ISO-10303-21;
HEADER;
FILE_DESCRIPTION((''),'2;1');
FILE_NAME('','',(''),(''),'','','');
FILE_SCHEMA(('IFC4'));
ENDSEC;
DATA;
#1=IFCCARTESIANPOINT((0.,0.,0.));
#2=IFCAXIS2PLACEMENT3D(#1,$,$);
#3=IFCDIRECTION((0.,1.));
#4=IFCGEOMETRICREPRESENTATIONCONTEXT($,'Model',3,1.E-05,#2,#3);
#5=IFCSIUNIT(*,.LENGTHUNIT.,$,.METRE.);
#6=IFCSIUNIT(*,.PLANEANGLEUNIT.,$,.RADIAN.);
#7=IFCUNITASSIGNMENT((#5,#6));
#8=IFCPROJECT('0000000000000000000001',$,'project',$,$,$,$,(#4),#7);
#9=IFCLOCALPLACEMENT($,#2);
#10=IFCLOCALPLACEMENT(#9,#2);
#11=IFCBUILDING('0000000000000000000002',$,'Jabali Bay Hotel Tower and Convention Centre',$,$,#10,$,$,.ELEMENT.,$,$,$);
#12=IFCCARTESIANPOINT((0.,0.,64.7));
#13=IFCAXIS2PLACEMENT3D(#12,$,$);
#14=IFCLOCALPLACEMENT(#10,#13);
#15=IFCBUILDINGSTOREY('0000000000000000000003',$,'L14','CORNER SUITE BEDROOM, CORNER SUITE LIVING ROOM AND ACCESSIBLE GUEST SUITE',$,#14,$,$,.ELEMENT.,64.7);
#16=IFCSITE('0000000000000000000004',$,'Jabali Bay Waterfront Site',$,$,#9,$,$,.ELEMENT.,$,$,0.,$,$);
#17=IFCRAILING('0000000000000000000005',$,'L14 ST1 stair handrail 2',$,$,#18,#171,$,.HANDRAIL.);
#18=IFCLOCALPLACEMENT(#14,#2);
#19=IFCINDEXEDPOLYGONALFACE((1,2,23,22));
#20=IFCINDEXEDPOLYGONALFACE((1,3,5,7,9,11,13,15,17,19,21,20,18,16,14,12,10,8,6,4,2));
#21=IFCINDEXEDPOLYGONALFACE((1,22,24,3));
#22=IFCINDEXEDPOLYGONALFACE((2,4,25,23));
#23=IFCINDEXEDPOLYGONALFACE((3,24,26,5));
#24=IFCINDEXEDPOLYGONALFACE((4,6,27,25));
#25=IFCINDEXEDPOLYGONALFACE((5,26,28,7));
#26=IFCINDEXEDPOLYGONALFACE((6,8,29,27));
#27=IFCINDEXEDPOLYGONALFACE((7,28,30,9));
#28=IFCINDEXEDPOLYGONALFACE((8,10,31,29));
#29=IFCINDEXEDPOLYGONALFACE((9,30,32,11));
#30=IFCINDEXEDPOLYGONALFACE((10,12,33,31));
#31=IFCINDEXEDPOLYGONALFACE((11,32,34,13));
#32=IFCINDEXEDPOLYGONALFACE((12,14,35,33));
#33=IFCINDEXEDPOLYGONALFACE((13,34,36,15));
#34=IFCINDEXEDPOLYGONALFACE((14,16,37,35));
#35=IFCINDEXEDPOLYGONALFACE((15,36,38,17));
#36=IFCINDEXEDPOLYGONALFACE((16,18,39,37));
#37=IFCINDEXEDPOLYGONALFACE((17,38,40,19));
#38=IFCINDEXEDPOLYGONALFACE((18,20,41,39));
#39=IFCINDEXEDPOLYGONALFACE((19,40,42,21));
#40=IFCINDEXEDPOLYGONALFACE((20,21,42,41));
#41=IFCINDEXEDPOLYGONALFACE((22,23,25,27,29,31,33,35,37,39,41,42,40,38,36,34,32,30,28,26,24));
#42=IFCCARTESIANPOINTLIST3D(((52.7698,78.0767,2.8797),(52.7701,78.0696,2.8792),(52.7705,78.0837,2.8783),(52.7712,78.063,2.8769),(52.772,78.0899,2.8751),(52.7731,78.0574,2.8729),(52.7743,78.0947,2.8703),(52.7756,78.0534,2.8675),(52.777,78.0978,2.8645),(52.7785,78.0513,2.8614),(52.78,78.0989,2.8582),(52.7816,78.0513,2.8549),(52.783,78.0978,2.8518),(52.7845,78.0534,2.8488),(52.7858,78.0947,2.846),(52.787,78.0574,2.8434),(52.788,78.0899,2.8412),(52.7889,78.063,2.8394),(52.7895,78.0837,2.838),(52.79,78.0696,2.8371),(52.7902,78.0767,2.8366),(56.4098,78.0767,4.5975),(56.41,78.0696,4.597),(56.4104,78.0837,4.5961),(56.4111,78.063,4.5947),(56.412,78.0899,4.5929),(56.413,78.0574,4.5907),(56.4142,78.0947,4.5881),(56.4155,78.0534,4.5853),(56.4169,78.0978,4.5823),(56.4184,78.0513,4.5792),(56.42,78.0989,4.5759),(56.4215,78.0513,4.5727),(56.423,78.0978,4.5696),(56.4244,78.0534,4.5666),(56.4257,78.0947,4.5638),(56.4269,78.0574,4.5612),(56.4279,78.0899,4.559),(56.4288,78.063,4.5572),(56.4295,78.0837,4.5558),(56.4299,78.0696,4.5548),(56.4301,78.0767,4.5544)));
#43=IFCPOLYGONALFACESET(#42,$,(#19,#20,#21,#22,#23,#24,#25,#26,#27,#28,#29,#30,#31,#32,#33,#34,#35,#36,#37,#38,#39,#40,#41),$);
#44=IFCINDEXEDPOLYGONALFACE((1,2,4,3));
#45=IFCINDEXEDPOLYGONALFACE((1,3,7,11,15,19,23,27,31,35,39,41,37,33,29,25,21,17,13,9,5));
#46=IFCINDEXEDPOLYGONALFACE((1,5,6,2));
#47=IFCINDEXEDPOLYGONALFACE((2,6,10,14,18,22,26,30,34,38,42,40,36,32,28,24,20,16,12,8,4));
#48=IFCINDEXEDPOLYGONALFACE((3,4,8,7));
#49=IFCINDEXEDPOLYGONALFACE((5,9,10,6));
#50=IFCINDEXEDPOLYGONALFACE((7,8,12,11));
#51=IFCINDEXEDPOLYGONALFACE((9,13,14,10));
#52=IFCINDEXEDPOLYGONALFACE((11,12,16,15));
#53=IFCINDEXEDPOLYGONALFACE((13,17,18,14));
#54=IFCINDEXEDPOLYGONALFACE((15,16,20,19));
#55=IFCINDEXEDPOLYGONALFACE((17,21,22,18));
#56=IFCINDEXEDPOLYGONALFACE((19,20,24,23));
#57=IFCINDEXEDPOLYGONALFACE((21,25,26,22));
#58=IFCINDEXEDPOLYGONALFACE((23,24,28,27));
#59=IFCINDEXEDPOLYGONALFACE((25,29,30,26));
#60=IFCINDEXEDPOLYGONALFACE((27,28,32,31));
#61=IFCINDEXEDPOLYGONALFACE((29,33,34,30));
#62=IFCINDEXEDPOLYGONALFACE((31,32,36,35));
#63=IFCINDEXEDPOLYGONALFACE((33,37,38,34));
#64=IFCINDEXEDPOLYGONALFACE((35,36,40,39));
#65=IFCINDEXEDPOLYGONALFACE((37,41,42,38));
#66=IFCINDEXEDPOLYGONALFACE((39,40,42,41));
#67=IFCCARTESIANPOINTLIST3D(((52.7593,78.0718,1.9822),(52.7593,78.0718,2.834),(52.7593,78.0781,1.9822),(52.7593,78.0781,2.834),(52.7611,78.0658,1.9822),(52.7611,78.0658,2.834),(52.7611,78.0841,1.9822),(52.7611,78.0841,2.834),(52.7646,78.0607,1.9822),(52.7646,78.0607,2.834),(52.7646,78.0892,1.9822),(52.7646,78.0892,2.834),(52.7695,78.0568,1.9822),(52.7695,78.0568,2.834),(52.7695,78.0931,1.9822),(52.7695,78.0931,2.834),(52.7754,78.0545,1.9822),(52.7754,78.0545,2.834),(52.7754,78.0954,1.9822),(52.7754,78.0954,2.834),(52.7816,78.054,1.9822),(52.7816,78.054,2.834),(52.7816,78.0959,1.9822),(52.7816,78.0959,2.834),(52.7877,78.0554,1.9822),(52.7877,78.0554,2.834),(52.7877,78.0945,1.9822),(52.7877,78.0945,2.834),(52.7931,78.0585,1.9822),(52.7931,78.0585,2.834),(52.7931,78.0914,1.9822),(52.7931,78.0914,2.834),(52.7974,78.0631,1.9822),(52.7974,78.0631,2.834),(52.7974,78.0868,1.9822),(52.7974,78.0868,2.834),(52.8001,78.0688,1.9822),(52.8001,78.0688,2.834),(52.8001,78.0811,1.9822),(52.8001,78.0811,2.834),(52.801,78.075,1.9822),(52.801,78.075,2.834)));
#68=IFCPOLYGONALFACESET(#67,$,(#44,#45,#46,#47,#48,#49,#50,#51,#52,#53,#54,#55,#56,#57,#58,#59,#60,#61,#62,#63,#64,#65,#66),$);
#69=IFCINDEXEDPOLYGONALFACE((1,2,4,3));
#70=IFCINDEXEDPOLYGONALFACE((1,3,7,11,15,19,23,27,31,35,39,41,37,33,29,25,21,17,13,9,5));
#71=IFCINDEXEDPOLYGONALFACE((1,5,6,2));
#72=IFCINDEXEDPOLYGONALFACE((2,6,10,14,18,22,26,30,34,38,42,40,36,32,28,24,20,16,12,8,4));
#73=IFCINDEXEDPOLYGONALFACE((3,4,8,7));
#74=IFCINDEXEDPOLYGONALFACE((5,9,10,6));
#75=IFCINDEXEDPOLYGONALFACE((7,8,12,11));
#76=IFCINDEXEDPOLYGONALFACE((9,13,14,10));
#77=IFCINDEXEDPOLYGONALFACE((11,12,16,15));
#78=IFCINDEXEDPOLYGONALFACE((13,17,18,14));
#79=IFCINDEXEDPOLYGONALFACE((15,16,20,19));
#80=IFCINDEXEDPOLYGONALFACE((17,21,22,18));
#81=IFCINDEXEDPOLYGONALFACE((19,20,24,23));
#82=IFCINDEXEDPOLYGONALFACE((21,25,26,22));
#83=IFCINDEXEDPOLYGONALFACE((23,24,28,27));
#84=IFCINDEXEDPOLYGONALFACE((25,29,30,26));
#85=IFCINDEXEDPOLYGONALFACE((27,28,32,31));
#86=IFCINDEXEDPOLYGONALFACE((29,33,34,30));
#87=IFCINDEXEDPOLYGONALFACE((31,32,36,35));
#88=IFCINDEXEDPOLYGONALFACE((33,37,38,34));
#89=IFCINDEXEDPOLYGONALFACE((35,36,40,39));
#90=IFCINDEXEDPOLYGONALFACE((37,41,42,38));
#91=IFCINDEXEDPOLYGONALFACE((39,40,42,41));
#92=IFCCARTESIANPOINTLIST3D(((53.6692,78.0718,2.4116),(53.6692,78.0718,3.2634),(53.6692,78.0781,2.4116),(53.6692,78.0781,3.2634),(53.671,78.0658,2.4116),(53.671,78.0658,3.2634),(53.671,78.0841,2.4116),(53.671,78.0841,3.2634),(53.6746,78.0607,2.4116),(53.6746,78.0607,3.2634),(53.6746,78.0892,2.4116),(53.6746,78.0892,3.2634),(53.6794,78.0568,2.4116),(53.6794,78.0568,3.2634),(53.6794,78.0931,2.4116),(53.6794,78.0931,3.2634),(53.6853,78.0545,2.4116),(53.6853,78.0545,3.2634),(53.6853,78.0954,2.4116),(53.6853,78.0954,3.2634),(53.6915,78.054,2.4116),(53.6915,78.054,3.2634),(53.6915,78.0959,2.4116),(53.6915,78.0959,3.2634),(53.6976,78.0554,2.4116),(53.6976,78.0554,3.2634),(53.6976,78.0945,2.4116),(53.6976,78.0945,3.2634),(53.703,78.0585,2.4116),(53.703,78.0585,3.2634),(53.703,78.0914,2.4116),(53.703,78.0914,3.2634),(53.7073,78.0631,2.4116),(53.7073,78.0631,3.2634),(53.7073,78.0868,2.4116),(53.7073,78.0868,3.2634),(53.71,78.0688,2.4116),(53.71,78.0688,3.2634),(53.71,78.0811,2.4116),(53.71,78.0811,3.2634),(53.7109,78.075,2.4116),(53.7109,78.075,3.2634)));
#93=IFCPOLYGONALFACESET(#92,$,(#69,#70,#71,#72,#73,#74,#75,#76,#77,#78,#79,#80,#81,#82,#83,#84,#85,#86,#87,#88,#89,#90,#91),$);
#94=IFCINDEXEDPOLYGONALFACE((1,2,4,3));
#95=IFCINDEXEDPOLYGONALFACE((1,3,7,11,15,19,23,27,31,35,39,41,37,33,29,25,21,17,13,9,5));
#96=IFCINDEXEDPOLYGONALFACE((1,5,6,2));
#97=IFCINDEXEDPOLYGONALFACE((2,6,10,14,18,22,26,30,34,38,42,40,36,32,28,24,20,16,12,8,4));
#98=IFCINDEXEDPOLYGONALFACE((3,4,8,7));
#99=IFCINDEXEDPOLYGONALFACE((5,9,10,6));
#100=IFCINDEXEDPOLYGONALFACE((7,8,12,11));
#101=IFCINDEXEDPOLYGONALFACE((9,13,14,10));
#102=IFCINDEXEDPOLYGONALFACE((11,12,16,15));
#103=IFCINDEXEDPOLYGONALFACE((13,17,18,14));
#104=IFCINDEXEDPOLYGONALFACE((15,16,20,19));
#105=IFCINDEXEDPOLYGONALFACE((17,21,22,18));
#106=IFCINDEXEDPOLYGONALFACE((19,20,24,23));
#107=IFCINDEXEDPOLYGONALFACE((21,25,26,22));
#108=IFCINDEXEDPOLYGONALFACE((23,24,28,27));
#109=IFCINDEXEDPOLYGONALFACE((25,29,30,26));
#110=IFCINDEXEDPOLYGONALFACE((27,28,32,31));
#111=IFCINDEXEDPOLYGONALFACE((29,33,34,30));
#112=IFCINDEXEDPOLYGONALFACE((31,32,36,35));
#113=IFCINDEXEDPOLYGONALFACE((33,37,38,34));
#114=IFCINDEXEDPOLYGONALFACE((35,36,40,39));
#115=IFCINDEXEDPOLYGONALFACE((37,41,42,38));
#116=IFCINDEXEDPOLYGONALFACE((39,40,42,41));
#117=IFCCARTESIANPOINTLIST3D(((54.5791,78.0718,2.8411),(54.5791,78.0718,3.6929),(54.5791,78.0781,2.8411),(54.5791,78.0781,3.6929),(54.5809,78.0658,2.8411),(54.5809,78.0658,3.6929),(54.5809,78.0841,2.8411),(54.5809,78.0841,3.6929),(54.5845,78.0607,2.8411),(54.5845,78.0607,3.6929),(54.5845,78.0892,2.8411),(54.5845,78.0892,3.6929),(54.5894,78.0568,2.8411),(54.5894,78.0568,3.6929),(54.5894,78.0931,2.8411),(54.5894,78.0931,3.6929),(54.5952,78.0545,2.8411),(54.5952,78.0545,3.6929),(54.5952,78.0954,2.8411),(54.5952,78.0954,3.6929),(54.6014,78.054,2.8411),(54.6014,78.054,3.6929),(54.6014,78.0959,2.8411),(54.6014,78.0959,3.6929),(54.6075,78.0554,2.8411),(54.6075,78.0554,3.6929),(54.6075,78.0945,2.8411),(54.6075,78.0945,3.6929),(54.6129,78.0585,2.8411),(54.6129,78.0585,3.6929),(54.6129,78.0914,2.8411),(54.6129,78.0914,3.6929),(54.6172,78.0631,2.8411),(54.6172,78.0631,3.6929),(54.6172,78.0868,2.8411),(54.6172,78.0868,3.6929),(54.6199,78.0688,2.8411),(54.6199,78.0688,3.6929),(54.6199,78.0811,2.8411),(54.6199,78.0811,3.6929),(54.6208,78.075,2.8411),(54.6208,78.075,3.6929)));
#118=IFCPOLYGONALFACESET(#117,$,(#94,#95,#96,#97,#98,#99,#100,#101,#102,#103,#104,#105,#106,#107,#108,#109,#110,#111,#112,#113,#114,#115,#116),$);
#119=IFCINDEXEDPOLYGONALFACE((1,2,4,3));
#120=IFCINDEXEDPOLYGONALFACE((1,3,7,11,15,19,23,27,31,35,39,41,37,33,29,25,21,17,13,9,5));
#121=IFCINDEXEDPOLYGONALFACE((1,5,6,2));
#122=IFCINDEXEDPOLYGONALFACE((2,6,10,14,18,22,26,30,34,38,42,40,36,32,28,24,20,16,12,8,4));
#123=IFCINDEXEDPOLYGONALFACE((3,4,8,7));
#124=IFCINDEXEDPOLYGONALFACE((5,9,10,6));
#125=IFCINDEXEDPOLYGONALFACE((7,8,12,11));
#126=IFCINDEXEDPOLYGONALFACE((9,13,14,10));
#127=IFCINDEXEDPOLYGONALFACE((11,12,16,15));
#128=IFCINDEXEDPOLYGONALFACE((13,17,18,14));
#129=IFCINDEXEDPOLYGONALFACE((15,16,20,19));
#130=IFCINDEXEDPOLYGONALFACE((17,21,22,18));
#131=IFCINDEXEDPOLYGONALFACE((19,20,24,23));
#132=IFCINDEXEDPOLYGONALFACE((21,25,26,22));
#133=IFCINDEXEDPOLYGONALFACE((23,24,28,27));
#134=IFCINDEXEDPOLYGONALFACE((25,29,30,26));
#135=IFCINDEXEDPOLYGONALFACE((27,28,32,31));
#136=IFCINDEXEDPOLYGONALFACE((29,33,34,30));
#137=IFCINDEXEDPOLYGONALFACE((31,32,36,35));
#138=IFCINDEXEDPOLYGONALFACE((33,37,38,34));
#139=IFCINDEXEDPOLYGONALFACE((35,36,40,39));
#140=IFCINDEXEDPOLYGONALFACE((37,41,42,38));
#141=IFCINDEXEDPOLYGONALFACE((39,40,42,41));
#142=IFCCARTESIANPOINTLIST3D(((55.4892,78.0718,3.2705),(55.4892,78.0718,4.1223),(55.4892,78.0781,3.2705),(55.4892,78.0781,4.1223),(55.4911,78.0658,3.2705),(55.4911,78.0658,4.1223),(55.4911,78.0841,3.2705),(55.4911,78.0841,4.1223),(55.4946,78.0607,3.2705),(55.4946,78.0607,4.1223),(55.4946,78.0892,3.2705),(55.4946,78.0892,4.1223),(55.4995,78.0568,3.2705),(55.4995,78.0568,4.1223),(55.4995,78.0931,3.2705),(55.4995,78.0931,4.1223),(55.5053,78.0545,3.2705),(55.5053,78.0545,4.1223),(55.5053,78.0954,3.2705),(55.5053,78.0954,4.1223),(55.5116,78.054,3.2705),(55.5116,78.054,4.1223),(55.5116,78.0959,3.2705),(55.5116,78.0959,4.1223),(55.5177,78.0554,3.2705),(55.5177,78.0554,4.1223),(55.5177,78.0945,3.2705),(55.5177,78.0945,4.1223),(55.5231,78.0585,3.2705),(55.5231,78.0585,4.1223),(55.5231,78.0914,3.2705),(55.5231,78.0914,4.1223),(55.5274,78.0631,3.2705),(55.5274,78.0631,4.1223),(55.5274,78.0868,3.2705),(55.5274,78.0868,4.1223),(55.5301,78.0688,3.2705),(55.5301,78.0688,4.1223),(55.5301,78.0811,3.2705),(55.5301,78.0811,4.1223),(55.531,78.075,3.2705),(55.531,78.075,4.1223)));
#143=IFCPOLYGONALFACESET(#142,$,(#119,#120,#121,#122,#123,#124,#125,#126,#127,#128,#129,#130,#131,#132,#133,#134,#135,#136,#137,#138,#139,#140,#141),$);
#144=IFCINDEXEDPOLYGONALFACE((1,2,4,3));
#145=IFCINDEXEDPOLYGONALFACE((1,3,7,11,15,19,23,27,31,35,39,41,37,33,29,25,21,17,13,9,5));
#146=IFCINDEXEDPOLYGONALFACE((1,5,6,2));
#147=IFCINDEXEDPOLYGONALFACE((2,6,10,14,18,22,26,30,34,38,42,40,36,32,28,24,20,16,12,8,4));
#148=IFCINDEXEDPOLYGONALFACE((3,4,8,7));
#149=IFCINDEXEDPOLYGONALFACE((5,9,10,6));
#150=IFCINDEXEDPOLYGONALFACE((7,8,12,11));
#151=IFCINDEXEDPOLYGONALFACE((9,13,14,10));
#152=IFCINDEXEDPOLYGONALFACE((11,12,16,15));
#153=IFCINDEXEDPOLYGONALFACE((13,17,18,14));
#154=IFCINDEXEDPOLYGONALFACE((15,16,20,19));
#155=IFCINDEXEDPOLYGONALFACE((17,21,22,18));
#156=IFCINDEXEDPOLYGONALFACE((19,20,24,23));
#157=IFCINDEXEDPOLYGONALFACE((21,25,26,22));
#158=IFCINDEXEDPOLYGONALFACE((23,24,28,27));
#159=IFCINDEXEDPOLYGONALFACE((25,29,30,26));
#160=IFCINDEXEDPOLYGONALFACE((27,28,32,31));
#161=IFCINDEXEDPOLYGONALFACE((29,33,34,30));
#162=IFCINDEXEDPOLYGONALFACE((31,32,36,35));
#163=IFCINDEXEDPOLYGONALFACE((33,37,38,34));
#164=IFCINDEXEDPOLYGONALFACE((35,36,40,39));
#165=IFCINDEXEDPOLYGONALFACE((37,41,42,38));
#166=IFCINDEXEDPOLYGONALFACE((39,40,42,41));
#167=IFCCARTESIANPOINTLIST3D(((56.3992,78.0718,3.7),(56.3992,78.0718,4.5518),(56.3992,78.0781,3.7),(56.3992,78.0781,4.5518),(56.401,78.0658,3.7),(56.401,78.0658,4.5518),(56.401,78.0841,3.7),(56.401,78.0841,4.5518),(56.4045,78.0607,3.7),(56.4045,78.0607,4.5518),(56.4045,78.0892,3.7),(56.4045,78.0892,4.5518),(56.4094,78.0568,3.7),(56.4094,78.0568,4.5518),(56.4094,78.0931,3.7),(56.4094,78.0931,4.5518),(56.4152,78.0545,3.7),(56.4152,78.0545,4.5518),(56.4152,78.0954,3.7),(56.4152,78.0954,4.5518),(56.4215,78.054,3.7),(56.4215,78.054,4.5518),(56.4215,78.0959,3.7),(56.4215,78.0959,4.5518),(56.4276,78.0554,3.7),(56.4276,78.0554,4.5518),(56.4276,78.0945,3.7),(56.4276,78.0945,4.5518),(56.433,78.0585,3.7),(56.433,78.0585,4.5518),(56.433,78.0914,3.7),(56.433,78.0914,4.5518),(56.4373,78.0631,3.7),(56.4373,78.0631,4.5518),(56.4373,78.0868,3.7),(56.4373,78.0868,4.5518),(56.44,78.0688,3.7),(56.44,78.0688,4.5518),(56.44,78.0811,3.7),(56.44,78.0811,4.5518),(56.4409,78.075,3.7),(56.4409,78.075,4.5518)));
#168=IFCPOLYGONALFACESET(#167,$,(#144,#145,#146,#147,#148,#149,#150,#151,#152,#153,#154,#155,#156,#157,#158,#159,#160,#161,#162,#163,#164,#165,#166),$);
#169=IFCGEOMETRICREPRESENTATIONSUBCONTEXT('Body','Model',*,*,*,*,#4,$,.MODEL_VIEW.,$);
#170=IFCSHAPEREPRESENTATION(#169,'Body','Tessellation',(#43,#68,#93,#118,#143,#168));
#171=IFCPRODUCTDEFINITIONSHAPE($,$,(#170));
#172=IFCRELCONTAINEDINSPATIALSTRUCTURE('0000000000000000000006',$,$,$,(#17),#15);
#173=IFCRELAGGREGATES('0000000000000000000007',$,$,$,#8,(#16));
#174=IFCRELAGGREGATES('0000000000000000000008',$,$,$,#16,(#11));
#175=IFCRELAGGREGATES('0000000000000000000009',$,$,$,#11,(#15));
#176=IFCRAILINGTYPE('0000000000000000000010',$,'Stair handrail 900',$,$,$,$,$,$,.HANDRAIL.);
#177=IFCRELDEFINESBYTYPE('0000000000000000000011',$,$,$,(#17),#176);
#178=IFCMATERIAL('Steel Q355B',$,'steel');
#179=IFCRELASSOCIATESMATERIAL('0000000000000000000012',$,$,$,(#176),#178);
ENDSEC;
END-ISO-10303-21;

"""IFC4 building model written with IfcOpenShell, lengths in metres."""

from ifc_helpers import new_model, si_unit, direction, frame, origin, origin_2d, place, context, subcontext, project, spatial, circle, extrude, material, type_object, element, save


model = new_model("IFC4")

# Units and contexts
model_context = context("Model", 3, precision=1e-05, world=origin(), true_north=direction((0.0, 1.0)))
body_context = subcontext(model_context, "Body", "Model", "MODEL_VIEW")
ifc_project = project(units=[si_unit("LENGTHUNIT", "METRE"), si_unit("PLANEANGLEUNIT", "RADIAN")], contexts=[model_context])

# Site, building, storey
site_placement = place(None, origin())
site = spatial("IfcSite", under=ifc_project, at=site_placement, Name="Jabali Bay Waterfront Site", CompositionType="ELEMENT", RefElevation=0.0)
building_placement = place(site_placement, origin())
building = spatial("IfcBuilding", under=site, at=building_placement, Name="Jabali Bay Hotel Tower and Convention Centre", CompositionType="ELEMENT")
storey_placement = place(building_placement, frame((0.0, 0.0, 64.7)))
storey = spatial("IfcBuildingStorey", under=building, at=storey_placement, Name="L14", Description="CORNER SUITE BEDROOM, CORNER SUITE LIVING ROOM AND ACCESSIBLE GUEST SUITE", CompositionType="ELEMENT", Elevation=64.7)

# Railing
ifc_material_1 = material(Name="Steel Q355B", Category="steel")
railing_type = type_object("IfcRailingType", Name="Stair handrail 900", PredefinedType="HANDRAIL", material=ifc_material_1)
railing_placement = place(storey_placement, frame((52.78, 78.075, 1.9822)))
element("IfcRailing", 1, at=railing_placement, inside=storey, type_object=railing_type, Name="L14 ST1 stair handrail 2", PredefinedType="HANDRAIL", context=body_context, shape_type="SweptSolid", body=[
    extrude(circle(Radius=0.0239, at=origin_2d()), frame((0.0, 0.0, 0.876), z_axis=(0.904351, 0.0, 0.42679), x_axis=(0.0, 1.0, 0.0)), (0.0, 0.0, 1.0), 4.0249),
    extrude(circle(Radius=0.021, at=origin_2d()), origin(), (0.0, 0.0, 1.0), 0.8518),
    extrude(circle(Radius=0.021, at=origin_2d()), frame((0.9099, 0.0, 0.4294)), (0.0, 0.0, 1.0), 0.8518),
    extrude(circle(Radius=0.021, at=origin_2d()), frame((1.8198, 0.0, 0.8589)), (0.0, 0.0, 1.0), 0.8518),
    extrude(circle(Radius=0.021, at=origin_2d()), frame((2.73, 0.0, 1.2883)), (0.0, 0.0, 1.0), 0.8518),
    extrude(circle(Radius=0.021, at=origin_2d()), frame((3.6399, 0.0, 1.7178)), (0.0, 0.0, 1.0), 0.8518),
])

save(model, "model.ifc")
